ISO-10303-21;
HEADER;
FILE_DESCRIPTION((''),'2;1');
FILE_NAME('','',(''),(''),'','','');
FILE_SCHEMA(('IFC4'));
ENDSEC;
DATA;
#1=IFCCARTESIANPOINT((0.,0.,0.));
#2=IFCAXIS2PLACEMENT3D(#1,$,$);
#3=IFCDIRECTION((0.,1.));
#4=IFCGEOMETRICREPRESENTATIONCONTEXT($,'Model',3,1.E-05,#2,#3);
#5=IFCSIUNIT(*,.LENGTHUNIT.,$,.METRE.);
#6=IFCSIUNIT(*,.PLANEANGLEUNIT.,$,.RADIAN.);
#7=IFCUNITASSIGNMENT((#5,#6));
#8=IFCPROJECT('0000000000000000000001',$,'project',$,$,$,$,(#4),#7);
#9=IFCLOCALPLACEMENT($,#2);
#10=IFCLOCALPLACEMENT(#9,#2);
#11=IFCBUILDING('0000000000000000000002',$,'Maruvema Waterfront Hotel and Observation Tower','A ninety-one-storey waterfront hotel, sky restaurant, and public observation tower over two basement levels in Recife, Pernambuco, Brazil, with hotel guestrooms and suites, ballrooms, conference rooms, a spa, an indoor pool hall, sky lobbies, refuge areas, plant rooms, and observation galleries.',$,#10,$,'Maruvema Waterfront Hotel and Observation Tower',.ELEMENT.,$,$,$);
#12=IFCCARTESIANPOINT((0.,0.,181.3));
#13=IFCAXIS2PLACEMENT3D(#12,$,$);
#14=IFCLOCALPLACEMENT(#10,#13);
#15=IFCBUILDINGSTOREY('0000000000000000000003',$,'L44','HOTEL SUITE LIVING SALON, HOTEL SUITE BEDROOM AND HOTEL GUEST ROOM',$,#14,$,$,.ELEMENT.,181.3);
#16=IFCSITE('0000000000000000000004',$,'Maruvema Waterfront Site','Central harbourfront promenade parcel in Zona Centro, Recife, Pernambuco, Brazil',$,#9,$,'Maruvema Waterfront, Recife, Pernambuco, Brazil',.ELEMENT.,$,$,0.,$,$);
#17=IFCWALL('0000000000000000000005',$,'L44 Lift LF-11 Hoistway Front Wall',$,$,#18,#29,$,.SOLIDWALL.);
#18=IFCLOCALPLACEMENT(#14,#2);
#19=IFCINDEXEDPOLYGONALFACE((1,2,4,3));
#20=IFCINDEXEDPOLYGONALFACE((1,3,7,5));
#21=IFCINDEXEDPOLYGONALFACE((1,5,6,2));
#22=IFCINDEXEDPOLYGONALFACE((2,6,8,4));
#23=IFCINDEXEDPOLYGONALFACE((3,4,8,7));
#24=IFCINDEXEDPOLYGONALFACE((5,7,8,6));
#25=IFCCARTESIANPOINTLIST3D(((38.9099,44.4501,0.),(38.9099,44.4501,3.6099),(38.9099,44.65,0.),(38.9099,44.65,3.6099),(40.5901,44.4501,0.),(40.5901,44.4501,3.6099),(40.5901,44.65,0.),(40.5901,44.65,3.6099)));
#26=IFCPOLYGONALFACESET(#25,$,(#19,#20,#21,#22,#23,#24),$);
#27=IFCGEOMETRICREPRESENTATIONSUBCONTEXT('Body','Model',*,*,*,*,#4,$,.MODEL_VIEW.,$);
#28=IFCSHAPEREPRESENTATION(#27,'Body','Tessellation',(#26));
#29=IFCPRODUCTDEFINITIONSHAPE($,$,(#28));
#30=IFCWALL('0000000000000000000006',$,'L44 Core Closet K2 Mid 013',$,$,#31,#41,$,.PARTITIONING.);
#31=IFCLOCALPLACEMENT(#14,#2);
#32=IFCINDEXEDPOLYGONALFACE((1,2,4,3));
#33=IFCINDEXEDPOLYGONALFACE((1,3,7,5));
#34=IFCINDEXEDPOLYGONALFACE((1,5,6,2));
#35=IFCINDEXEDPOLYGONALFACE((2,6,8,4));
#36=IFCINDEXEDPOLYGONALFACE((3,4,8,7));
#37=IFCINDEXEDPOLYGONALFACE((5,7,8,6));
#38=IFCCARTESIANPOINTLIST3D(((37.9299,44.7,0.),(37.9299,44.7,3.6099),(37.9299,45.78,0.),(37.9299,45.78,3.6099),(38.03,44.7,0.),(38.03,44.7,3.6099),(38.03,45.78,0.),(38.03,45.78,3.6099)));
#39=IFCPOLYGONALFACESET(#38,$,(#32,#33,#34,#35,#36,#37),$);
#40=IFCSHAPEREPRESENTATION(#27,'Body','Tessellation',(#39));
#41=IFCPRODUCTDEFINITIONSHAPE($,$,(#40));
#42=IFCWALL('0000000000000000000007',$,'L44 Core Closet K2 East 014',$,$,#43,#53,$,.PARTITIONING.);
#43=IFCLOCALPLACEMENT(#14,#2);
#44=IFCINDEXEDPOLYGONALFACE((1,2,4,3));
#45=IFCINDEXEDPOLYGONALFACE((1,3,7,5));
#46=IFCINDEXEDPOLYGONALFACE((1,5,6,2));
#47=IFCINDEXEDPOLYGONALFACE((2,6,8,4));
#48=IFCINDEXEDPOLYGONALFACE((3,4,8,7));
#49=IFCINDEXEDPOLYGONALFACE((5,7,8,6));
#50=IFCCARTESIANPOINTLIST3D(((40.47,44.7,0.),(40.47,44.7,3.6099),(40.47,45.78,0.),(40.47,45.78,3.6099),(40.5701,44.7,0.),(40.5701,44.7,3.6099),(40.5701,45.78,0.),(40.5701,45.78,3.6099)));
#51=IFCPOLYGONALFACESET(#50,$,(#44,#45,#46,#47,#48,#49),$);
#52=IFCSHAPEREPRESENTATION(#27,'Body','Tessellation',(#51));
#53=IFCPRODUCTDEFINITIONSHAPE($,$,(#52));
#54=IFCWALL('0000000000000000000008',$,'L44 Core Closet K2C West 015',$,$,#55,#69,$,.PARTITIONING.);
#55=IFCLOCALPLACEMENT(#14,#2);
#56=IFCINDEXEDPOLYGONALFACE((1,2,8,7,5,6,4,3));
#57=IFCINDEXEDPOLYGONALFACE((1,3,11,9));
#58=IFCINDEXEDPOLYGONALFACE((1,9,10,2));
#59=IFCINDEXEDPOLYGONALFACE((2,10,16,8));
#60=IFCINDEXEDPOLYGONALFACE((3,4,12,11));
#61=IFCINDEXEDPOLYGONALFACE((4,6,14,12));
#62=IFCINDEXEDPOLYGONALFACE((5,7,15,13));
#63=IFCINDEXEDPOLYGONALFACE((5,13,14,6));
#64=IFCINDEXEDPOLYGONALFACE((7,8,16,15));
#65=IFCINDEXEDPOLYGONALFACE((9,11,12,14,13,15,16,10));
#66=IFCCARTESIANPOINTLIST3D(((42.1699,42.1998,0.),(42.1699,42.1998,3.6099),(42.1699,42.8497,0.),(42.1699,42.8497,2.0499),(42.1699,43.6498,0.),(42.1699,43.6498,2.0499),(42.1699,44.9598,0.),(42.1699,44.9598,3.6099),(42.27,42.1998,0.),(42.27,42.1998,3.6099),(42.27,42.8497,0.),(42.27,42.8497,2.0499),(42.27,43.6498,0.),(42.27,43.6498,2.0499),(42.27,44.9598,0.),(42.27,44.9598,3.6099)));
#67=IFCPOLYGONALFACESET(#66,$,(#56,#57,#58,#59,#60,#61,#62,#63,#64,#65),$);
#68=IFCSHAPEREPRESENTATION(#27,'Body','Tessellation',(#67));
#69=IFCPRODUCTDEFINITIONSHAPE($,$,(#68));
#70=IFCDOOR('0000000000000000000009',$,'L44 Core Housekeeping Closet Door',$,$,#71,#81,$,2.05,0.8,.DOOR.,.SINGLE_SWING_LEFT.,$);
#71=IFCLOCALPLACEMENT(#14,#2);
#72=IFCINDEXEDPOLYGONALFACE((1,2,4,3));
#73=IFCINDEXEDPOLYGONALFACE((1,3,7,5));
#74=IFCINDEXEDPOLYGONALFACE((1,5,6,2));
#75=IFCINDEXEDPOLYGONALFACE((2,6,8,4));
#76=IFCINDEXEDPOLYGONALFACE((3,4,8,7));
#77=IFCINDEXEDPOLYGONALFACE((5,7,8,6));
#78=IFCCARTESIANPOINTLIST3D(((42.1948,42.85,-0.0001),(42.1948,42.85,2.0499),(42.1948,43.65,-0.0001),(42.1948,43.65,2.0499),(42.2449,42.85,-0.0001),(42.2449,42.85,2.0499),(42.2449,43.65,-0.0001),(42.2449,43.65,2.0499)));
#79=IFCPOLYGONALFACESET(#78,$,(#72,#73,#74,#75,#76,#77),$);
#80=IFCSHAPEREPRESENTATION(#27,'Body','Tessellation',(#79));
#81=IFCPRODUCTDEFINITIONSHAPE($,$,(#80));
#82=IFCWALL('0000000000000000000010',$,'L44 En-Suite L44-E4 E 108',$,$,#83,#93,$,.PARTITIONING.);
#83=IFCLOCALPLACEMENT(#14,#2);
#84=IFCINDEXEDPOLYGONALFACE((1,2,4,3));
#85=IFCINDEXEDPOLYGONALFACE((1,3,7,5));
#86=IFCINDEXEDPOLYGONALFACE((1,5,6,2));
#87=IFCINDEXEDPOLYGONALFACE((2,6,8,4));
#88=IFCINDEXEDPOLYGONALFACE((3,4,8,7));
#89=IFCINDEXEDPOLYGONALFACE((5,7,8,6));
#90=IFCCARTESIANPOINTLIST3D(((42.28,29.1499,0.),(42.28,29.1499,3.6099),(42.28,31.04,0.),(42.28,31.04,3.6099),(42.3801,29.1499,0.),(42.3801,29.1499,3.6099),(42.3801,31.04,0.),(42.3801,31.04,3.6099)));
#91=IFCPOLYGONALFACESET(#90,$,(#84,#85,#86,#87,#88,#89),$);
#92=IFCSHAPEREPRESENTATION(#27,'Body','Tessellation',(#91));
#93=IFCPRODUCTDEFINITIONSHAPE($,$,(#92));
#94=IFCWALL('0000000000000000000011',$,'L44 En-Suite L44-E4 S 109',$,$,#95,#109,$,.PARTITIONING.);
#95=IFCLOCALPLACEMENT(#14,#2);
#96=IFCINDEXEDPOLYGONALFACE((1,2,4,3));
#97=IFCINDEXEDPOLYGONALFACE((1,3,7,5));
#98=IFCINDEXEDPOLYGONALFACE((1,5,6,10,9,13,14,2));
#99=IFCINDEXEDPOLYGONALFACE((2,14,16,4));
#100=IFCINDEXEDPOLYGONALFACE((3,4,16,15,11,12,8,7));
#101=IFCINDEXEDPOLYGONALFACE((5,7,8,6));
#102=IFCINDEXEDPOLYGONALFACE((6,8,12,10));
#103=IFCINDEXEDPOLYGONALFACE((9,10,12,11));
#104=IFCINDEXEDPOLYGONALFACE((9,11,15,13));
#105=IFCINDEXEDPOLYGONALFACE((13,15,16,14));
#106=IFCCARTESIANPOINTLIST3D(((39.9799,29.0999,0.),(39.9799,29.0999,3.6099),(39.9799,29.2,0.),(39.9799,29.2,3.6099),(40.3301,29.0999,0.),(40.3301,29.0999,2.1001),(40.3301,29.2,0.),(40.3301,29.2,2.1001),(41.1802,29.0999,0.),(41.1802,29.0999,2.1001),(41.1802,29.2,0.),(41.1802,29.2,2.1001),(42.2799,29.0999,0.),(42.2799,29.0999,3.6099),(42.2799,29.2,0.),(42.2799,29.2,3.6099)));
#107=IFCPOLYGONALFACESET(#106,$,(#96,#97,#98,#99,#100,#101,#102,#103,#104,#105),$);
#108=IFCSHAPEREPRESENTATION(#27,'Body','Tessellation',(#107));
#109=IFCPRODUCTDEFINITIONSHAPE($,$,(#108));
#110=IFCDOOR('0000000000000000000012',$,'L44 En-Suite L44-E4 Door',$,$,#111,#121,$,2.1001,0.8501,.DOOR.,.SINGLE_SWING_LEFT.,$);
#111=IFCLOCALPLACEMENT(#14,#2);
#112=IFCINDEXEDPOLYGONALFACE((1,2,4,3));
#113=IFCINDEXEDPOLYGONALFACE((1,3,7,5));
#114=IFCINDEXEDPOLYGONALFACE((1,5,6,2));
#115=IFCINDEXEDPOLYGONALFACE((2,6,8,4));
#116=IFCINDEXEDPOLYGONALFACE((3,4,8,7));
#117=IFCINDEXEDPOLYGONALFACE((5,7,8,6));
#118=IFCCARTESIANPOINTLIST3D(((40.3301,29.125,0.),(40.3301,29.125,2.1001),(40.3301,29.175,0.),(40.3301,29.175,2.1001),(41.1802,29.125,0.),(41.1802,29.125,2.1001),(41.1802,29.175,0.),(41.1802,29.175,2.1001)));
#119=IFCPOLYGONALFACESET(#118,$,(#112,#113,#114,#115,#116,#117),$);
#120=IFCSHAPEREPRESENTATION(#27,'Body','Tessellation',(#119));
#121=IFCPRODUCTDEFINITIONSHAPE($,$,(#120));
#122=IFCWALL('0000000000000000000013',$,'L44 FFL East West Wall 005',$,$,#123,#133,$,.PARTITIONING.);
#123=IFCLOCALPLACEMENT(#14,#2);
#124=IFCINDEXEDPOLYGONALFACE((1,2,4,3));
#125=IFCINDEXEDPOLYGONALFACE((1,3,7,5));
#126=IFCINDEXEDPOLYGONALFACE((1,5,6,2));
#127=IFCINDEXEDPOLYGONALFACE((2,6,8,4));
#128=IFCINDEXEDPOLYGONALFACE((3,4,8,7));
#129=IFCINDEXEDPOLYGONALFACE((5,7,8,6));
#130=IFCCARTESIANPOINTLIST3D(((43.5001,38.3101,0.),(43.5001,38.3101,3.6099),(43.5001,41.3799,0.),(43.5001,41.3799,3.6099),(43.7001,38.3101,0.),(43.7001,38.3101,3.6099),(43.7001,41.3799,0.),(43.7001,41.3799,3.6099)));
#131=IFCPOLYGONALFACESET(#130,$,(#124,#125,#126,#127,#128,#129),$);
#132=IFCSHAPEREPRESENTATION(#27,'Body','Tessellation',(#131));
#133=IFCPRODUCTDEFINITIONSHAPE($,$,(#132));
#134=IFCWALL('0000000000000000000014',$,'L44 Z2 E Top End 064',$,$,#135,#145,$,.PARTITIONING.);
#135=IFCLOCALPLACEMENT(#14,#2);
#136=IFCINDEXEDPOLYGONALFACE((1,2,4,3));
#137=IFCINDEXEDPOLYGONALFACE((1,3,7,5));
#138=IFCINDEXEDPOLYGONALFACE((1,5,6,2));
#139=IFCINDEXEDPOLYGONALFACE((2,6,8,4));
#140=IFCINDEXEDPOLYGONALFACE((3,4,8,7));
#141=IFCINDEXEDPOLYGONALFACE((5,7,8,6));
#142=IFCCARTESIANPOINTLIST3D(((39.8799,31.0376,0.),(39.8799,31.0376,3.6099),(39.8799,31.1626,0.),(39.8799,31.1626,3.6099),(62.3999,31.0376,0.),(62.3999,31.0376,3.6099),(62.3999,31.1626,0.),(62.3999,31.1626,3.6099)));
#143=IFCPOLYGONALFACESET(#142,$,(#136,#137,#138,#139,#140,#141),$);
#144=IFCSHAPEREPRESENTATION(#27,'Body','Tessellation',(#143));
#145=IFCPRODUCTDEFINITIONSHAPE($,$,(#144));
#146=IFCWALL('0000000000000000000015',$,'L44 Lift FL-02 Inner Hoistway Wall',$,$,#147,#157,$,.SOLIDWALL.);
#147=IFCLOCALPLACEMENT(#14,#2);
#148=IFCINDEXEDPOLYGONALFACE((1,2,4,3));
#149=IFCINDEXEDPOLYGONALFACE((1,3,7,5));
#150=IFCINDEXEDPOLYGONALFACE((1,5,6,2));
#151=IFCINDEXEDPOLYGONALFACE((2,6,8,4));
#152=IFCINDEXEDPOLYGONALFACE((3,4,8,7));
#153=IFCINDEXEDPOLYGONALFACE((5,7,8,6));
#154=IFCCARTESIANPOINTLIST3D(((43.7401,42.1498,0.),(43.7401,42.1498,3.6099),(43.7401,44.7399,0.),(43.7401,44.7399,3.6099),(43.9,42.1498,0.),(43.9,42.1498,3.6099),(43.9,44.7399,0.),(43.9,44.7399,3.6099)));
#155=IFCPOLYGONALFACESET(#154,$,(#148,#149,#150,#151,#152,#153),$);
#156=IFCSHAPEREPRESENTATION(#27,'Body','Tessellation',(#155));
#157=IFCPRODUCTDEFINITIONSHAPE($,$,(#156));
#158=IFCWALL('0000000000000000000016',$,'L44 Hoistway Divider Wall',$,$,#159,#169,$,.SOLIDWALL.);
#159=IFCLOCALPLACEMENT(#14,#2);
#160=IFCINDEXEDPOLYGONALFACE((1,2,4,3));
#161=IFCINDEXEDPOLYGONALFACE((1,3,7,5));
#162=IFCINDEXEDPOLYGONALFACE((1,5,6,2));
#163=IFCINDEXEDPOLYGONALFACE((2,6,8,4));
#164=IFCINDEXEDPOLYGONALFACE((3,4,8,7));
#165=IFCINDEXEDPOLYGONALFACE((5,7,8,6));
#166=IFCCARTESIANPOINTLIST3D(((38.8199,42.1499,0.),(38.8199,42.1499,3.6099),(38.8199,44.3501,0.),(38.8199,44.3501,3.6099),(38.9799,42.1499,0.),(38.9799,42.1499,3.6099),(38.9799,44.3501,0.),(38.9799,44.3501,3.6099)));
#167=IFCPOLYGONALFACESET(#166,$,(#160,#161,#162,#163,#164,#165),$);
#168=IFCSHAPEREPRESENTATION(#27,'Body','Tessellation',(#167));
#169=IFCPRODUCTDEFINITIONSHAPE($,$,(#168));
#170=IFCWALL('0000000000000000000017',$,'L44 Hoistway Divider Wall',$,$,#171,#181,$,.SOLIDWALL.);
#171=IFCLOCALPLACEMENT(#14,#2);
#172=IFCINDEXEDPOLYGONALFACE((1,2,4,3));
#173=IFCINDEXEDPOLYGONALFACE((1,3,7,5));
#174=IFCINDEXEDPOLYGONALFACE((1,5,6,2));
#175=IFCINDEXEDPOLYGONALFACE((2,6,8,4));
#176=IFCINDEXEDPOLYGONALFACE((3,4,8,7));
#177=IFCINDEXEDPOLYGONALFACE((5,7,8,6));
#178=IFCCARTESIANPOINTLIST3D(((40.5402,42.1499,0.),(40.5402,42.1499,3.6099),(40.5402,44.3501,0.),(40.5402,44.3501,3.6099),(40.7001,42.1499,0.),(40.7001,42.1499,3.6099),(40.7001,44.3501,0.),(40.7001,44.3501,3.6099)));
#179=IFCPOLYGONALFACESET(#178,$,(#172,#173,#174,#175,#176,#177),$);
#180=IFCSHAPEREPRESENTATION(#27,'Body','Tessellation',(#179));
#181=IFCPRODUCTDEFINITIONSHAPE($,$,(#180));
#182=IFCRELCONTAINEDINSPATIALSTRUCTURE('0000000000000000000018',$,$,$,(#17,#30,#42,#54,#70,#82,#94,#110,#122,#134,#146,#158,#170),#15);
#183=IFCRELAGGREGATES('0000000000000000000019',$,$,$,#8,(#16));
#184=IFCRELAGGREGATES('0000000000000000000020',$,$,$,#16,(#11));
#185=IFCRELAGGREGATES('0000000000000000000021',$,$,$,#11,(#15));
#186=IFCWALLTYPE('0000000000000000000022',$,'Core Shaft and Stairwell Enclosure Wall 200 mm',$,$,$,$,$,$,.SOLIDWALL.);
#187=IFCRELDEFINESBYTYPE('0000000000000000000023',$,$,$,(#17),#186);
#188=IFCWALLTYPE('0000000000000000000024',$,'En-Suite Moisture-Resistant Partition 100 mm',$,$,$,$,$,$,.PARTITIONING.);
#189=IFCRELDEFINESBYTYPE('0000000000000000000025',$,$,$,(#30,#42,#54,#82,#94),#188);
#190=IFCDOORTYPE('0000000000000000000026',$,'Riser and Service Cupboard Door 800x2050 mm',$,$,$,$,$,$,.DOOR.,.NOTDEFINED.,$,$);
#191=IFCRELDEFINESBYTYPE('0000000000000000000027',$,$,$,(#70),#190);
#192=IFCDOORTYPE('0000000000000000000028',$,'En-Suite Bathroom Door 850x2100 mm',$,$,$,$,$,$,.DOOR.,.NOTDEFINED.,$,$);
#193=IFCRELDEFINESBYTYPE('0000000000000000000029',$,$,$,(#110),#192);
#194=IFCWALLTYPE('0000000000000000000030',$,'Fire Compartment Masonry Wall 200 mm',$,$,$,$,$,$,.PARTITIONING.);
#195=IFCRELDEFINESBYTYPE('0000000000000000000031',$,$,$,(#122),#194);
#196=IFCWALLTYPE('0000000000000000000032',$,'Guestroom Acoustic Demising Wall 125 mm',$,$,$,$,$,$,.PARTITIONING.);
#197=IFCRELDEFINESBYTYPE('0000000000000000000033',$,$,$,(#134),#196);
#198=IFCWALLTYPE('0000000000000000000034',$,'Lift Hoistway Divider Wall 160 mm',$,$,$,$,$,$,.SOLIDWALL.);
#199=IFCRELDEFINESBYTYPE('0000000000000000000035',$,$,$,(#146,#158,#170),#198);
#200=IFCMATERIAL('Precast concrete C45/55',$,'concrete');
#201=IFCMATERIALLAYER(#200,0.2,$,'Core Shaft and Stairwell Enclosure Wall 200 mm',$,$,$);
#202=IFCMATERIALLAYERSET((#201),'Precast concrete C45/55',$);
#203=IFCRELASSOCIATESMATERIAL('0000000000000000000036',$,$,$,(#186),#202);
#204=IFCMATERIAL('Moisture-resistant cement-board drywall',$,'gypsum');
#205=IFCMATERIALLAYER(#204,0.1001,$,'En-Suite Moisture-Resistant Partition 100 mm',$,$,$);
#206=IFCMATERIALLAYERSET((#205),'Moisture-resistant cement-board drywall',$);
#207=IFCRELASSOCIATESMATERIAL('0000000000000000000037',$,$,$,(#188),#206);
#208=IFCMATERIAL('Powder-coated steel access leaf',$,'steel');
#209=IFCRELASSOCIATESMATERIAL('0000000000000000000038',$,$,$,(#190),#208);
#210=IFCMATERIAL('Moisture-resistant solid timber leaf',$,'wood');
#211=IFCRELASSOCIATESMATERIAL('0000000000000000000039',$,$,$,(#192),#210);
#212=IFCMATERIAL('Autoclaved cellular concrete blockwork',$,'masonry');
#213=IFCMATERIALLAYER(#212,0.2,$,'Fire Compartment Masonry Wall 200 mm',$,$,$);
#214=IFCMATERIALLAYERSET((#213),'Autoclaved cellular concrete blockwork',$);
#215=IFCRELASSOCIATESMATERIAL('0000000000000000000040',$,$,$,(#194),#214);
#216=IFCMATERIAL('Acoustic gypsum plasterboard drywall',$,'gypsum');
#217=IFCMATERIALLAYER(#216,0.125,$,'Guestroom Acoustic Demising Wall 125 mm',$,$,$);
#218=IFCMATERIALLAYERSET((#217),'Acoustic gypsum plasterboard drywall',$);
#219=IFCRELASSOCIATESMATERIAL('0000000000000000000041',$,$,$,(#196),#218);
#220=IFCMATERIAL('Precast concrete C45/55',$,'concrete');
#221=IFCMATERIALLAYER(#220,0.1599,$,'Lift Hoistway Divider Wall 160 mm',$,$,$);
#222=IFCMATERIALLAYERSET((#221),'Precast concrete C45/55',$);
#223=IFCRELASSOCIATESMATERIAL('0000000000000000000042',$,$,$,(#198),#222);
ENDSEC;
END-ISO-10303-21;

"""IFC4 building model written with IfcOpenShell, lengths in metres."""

from ifc_helpers import new_model, si_unit, direction, frame, frame_2d, origin, place, context, subcontext, project, spatial, rectangle, extrude, material, layer, layer_set, type_object, element, fill, save


model = new_model("IFC4")

# Units and contexts
model_context = context("Model", 3, precision=1e-05, world=origin(), true_north=direction((0.0, 1.0)))
body_context = subcontext(model_context, "Body", "Model", "MODEL_VIEW")
ifc_project = project(units=[si_unit("LENGTHUNIT", "METRE"), si_unit("PLANEANGLEUNIT", "RADIAN")], contexts=[model_context])

# Site, building, storey
site_placement = place(None, origin())
site = spatial("IfcSite", under=ifc_project, at=site_placement, Name="Maruvema Waterfront Site", Description="Central harbourfront promenade parcel in Zona Centro, Recife, Pernambuco, Brazil", LongName="Maruvema Waterfront, Recife, Pernambuco, Brazil", CompositionType="ELEMENT", RefElevation=0.0)
building_placement = place(site_placement, origin())
building = spatial("IfcBuilding", under=site, at=building_placement, Name="Maruvema Waterfront Hotel and Observation Tower", Description="A ninety-one-storey waterfront hotel, sky restaurant, and public observation tower over two basement levels in Recife, Pernambuco, Brazil, with hotel guestrooms and suites, ballrooms, conference rooms, a spa, an indoor pool hall, sky lobbies, refuge areas, plant rooms, and observation galleries.", LongName="Maruvema Waterfront Hotel and Observation Tower", CompositionType="ELEMENT")
storey_placement = place(building_placement, frame((0.0, 0.0, 181.3)))
storey = spatial("IfcBuildingStorey", under=building, at=storey_placement, Name="L44", Description="HOTEL SUITE LIVING SALON, HOTEL SUITE BEDROOM AND HOTEL GUEST ROOM", CompositionType="ELEMENT", Elevation=181.3)

# Wall
ifc_material_1 = material(Name="Precast concrete C45/55", Category="concrete")
ifc_layer_1 = layer(ifc_material_1, 0.2, Name="Core Shaft and Stairwell Enclosure Wall 200 mm")
ifc_layer_set_1 = layer_set([ifc_layer_1], Name="Precast concrete C45/55")
wall_type_1 = type_object("IfcWallType", Name="Core Shaft and Stairwell Enclosure Wall 200 mm", PredefinedType="SOLIDWALL", material=ifc_layer_set_1)
wall_1_placement = place(storey_placement, frame((38.9099, 44.55, 0.0), z_axis=(0.0, 0.0, 1.0), x_axis=(1.0, 0.0, 0.0)))
element("IfcWall", 1, at=wall_1_placement, inside=storey, type_object=wall_type_1, Name="L44 Lift LF-11 Hoistway Front Wall", PredefinedType="SOLIDWALL", context=body_context, shape_type="SweptSolid", body=[
    extrude(rectangle(XDim=1.6802, YDim=0.2, at=frame_2d((0.8401, 0.0))), origin(), (0.0, 0.0, 1.0), 3.6099),
])

# Walls
ifc_material_2 = material(Name="Moisture-resistant cement-board drywall", Category="gypsum")
ifc_layer_2 = layer(ifc_material_2, 0.1001, Name="En-Suite Moisture-Resistant Partition 100 mm")
ifc_layer_set_2 = layer_set([ifc_layer_2], Name="Moisture-resistant cement-board drywall")
wall_type_2 = type_object("IfcWallType", Name="En-Suite Moisture-Resistant Partition 100 mm", PredefinedType="PARTITIONING", material=ifc_layer_set_2)
for number, where, z_axis, x_axis, name in (
    (2, (37.98, 44.7, 0.0), (0.0, 0.0, 1.0), (0.0, 1.0, 0.0), "L44 Core Closet K2 Mid 013"),
    (3, (40.52, 44.7, 0.0), (0.0, 0.0, 1.0), (0.0, 1.0, 0.0), "L44 Core Closet K2 East 014"),
):
    element("IfcWall", number, at=place(storey_placement, frame(where, z_axis=z_axis, x_axis=x_axis)), inside=storey, type_object=wall_type_2, Name=name, PredefinedType="PARTITIONING", context=body_context, shape_type="SweptSolid", body=[
        extrude(rectangle(XDim=1.0801, YDim=0.1001, at=frame_2d((0.54, 0.0))), origin(), (0.0, 0.0, 1.0), 3.6099),
    ])

# Wall, opening, door
wall_2_placement = place(storey_placement, frame((42.22, 42.2, 0.0), z_axis=(0.0, 0.0, 1.0), x_axis=(0.0, 1.0, 0.0)))
wall_2 = element("IfcWall", 4, at=wall_2_placement, inside=storey, type_object=wall_type_2, Name="L44 Core Closet K2C West 015", PredefinedType="PARTITIONING", context=body_context, shape_type="SweptSolid", body=[
    extrude(rectangle(XDim=2.76, YDim=0.1001, at=frame_2d((1.3799, 0.0))), origin(), (0.0, 0.0, 1.0), 3.6099),
])
opening_1_placement = place(wall_2_placement, frame((0.6499, 0.0, 0.0)))
opening_1 = element("IfcOpeningElement", 5, at=opening_1_placement, cuts=wall_2, PredefinedType="OPENING", context=body_context, shape_type="SweptSolid", body=[
    extrude(rectangle(XDim=0.8, YDim=2.05, at=frame_2d((0.3999, 1.0249))), frame((0.0, 0.0601, 0.0), z_axis=(0.0, -1.0, 0.0), x_axis=(1.0, 0.0, 0.0)), (0.0, 0.0, 1.0), 0.1201),
])
ifc_material_3 = material(Name="Powder-coated steel access leaf", Category="steel")
door_type_1 = type_object("IfcDoorType", Name="Riser and Service Cupboard Door 800x2050 mm", OperationType="NOTDEFINED", PredefinedType="DOOR", material=ifc_material_3)
door_1_placement = place(opening_1_placement, frame((0.8, 0.0, 0.0), z_axis=(0.0, 0.0, 1.0), x_axis=(-1.0, 0.0, 0.0)))
door_1 = element("IfcDoor", 6, at=door_1_placement, inside=storey, type_object=door_type_1, Name="L44 Core Housekeeping Closet Door", OperationType="SINGLE_SWING_LEFT", OverallHeight=2.05, OverallWidth=0.8, PredefinedType="DOOR", context=body_context, shape_type="SweptSolid", body=[
    extrude(rectangle(XDim=0.8, YDim=2.05, at=frame_2d((0.3999, 1.0249))), frame((0.0, 0.0249, 0.0), z_axis=(0.0, -1.0, 0.0), x_axis=(1.0, 0.0, 0.0)), (0.0, 0.0, 1.0), 0.05),
])
fill(opening_1, door_1)

# Wall
wall_3_placement = place(storey_placement, frame((42.3301, 29.1499, 0.0), z_axis=(0.0, 0.0, 1.0), x_axis=(0.0, 1.0, 0.0)))
element("IfcWall", 7, at=wall_3_placement, inside=storey, type_object=wall_type_2, Name="L44 En-Suite L44-E4 E 108", PredefinedType="PARTITIONING", context=body_context, shape_type="SweptSolid", body=[
    extrude(rectangle(XDim=1.8901, YDim=0.1001, at=frame_2d((0.9451, 0.0))), origin(), (0.0, 0.0, 1.0), 3.6099),
])

# Wall, opening, door
wall_4_placement = place(storey_placement, frame((39.98, 29.1499, 0.0), z_axis=(0.0, 0.0, 1.0), x_axis=(1.0, 0.0, 0.0)))
wall_4 = element("IfcWall", 8, at=wall_4_placement, inside=storey, type_object=wall_type_2, Name="L44 En-Suite L44-E4 S 109", PredefinedType="PARTITIONING", context=body_context, shape_type="SweptSolid", body=[
    extrude(rectangle(XDim=2.3, YDim=0.1001, at=frame_2d((1.1499, 0.0))), origin(), (0.0, 0.0, 1.0), 3.6099),
])
opening_2_placement = place(wall_4_placement, frame((0.3501, 0.0, 0.0)))
opening_2 = element("IfcOpeningElement", 9, at=opening_2_placement, cuts=wall_4, PredefinedType="OPENING", context=body_context, shape_type="SweptSolid", body=[
    extrude(rectangle(XDim=0.8501, YDim=2.1001, at=frame_2d((0.425, 1.05))), frame((0.0, 0.0601, 0.0), z_axis=(0.0, -1.0, 0.0), x_axis=(1.0, 0.0, 0.0)), (0.0, 0.0, 1.0), 0.1201),
])
ifc_material_4 = material(Name="Moisture-resistant solid timber leaf", Category="wood")
door_type_2 = type_object("IfcDoorType", Name="En-Suite Bathroom Door 850x2100 mm", OperationType="NOTDEFINED", PredefinedType="DOOR", material=ifc_material_4)
door_2_placement = place(opening_2_placement, frame((0.8501, 0.0, 0.0), z_axis=(0.0, 0.0, 1.0), x_axis=(-1.0, 0.0, 0.0)))
door_2 = element("IfcDoor", 10, at=door_2_placement, inside=storey, type_object=door_type_2, Name="L44 En-Suite L44-E4 Door", OperationType="SINGLE_SWING_LEFT", OverallHeight=2.1001, OverallWidth=0.8501, PredefinedType="DOOR", context=body_context, shape_type="SweptSolid", body=[
    extrude(rectangle(XDim=0.8501, YDim=2.1001, at=frame_2d((0.425, 1.05))), frame((0.0, 0.0249, 0.0), z_axis=(0.0, -1.0, 0.0), x_axis=(1.0, 0.0, 0.0)), (0.0, 0.0, 1.0), 0.05),
])
fill(opening_2, door_2)
ifc_material_5 = material(Name="Autoclaved cellular concrete blockwork", Category="masonry")
ifc_layer_3 = layer(ifc_material_5, 0.2, Name="Fire Compartment Masonry Wall 200 mm")
ifc_layer_set_3 = layer_set([ifc_layer_3], Name="Autoclaved cellular concrete blockwork")
wall_type_3 = type_object("IfcWallType", Name="Fire Compartment Masonry Wall 200 mm", PredefinedType="PARTITIONING", material=ifc_layer_set_3)

# Walls
wall_5_placement = place(storey_placement, frame((43.6001, 38.3101, 0.0), z_axis=(0.0, 0.0, 1.0), x_axis=(0.0, 1.0, 0.0)))
element("IfcWall", 11, at=wall_5_placement, inside=storey, type_object=wall_type_3, Name="L44 FFL East West Wall 005", PredefinedType="PARTITIONING", context=body_context, shape_type="SweptSolid", body=[
    extrude(rectangle(XDim=3.0698, YDim=0.2, at=frame_2d((1.5349, 0.0))), origin(), (0.0, 0.0, 1.0), 3.6099),
])
ifc_material_6 = material(Name="Acoustic gypsum plasterboard drywall", Category="gypsum")
ifc_layer_4 = layer(ifc_material_6, 0.125, Name="Guestroom Acoustic Demising Wall 125 mm")
ifc_layer_set_4 = layer_set([ifc_layer_4], Name="Acoustic gypsum plasterboard drywall")
wall_type_4 = type_object("IfcWallType", Name="Guestroom Acoustic Demising Wall 125 mm", PredefinedType="PARTITIONING", material=ifc_layer_set_4)
wall_6_placement = place(storey_placement, frame((39.8799, 31.1001, 0.0), z_axis=(0.0, 0.0, 1.0), x_axis=(1.0, 0.0, 0.0)))
element("IfcWall", 12, at=wall_6_placement, inside=storey, type_object=wall_type_4, Name="L44 Z2 E Top End 064", PredefinedType="PARTITIONING", context=body_context, shape_type="SweptSolid", body=[
    extrude(rectangle(XDim=22.52, YDim=0.125, at=frame_2d((11.26, 0.0))), origin(), (0.0, 0.0, 1.0), 3.6099),
])
ifc_material_7 = material(Name="Precast concrete C45/55", Category="concrete")
ifc_layer_5 = layer(ifc_material_7, 0.1599, Name="Lift Hoistway Divider Wall 160 mm")
ifc_layer_set_5 = layer_set([ifc_layer_5], Name="Precast concrete C45/55")
wall_type_5 = type_object("IfcWallType", Name="Lift Hoistway Divider Wall 160 mm", PredefinedType="SOLIDWALL", material=ifc_layer_set_5)
wall_7_placement = place(storey_placement, frame((43.8201, 42.1499, 0.0), z_axis=(0.0, 0.0, 1.0), x_axis=(0.0, 1.0, 0.0)))
element("IfcWall", 13, at=wall_7_placement, inside=storey, type_object=wall_type_5, Name="L44 Lift FL-02 Inner Hoistway Wall", PredefinedType="SOLIDWALL", context=body_context, shape_type="SweptSolid", body=[
    extrude(rectangle(XDim=2.5901, YDim=0.1599, at=frame_2d((1.2949, 0.0))), origin(), (0.0, 0.0, 1.0), 3.6099),
])
for number, where, z_axis, x_axis, name in (
    (14, (38.8999, 42.1499, 0.0), (0.0, 0.0, 1.0), (0.0, 1.0, 0.0), "L44 Hoistway Divider Wall"),
    (15, (40.6201, 42.1499, 0.0), (0.0, 0.0, 1.0), (0.0, 1.0, 0.0), "L44 Hoistway Divider Wall"),
):
    element("IfcWall", number, at=place(storey_placement, frame(where, z_axis=z_axis, x_axis=x_axis)), inside=storey, type_object=wall_type_5, Name=name, PredefinedType="SOLIDWALL", context=body_context, shape_type="SweptSolid", body=[
        extrude(rectangle(XDim=2.2002, YDim=0.1599, at=frame_2d((1.1001, 0.0))), origin(), (0.0, 0.0, 1.0), 3.6099),
    ])

save(model, "model.ifc")
